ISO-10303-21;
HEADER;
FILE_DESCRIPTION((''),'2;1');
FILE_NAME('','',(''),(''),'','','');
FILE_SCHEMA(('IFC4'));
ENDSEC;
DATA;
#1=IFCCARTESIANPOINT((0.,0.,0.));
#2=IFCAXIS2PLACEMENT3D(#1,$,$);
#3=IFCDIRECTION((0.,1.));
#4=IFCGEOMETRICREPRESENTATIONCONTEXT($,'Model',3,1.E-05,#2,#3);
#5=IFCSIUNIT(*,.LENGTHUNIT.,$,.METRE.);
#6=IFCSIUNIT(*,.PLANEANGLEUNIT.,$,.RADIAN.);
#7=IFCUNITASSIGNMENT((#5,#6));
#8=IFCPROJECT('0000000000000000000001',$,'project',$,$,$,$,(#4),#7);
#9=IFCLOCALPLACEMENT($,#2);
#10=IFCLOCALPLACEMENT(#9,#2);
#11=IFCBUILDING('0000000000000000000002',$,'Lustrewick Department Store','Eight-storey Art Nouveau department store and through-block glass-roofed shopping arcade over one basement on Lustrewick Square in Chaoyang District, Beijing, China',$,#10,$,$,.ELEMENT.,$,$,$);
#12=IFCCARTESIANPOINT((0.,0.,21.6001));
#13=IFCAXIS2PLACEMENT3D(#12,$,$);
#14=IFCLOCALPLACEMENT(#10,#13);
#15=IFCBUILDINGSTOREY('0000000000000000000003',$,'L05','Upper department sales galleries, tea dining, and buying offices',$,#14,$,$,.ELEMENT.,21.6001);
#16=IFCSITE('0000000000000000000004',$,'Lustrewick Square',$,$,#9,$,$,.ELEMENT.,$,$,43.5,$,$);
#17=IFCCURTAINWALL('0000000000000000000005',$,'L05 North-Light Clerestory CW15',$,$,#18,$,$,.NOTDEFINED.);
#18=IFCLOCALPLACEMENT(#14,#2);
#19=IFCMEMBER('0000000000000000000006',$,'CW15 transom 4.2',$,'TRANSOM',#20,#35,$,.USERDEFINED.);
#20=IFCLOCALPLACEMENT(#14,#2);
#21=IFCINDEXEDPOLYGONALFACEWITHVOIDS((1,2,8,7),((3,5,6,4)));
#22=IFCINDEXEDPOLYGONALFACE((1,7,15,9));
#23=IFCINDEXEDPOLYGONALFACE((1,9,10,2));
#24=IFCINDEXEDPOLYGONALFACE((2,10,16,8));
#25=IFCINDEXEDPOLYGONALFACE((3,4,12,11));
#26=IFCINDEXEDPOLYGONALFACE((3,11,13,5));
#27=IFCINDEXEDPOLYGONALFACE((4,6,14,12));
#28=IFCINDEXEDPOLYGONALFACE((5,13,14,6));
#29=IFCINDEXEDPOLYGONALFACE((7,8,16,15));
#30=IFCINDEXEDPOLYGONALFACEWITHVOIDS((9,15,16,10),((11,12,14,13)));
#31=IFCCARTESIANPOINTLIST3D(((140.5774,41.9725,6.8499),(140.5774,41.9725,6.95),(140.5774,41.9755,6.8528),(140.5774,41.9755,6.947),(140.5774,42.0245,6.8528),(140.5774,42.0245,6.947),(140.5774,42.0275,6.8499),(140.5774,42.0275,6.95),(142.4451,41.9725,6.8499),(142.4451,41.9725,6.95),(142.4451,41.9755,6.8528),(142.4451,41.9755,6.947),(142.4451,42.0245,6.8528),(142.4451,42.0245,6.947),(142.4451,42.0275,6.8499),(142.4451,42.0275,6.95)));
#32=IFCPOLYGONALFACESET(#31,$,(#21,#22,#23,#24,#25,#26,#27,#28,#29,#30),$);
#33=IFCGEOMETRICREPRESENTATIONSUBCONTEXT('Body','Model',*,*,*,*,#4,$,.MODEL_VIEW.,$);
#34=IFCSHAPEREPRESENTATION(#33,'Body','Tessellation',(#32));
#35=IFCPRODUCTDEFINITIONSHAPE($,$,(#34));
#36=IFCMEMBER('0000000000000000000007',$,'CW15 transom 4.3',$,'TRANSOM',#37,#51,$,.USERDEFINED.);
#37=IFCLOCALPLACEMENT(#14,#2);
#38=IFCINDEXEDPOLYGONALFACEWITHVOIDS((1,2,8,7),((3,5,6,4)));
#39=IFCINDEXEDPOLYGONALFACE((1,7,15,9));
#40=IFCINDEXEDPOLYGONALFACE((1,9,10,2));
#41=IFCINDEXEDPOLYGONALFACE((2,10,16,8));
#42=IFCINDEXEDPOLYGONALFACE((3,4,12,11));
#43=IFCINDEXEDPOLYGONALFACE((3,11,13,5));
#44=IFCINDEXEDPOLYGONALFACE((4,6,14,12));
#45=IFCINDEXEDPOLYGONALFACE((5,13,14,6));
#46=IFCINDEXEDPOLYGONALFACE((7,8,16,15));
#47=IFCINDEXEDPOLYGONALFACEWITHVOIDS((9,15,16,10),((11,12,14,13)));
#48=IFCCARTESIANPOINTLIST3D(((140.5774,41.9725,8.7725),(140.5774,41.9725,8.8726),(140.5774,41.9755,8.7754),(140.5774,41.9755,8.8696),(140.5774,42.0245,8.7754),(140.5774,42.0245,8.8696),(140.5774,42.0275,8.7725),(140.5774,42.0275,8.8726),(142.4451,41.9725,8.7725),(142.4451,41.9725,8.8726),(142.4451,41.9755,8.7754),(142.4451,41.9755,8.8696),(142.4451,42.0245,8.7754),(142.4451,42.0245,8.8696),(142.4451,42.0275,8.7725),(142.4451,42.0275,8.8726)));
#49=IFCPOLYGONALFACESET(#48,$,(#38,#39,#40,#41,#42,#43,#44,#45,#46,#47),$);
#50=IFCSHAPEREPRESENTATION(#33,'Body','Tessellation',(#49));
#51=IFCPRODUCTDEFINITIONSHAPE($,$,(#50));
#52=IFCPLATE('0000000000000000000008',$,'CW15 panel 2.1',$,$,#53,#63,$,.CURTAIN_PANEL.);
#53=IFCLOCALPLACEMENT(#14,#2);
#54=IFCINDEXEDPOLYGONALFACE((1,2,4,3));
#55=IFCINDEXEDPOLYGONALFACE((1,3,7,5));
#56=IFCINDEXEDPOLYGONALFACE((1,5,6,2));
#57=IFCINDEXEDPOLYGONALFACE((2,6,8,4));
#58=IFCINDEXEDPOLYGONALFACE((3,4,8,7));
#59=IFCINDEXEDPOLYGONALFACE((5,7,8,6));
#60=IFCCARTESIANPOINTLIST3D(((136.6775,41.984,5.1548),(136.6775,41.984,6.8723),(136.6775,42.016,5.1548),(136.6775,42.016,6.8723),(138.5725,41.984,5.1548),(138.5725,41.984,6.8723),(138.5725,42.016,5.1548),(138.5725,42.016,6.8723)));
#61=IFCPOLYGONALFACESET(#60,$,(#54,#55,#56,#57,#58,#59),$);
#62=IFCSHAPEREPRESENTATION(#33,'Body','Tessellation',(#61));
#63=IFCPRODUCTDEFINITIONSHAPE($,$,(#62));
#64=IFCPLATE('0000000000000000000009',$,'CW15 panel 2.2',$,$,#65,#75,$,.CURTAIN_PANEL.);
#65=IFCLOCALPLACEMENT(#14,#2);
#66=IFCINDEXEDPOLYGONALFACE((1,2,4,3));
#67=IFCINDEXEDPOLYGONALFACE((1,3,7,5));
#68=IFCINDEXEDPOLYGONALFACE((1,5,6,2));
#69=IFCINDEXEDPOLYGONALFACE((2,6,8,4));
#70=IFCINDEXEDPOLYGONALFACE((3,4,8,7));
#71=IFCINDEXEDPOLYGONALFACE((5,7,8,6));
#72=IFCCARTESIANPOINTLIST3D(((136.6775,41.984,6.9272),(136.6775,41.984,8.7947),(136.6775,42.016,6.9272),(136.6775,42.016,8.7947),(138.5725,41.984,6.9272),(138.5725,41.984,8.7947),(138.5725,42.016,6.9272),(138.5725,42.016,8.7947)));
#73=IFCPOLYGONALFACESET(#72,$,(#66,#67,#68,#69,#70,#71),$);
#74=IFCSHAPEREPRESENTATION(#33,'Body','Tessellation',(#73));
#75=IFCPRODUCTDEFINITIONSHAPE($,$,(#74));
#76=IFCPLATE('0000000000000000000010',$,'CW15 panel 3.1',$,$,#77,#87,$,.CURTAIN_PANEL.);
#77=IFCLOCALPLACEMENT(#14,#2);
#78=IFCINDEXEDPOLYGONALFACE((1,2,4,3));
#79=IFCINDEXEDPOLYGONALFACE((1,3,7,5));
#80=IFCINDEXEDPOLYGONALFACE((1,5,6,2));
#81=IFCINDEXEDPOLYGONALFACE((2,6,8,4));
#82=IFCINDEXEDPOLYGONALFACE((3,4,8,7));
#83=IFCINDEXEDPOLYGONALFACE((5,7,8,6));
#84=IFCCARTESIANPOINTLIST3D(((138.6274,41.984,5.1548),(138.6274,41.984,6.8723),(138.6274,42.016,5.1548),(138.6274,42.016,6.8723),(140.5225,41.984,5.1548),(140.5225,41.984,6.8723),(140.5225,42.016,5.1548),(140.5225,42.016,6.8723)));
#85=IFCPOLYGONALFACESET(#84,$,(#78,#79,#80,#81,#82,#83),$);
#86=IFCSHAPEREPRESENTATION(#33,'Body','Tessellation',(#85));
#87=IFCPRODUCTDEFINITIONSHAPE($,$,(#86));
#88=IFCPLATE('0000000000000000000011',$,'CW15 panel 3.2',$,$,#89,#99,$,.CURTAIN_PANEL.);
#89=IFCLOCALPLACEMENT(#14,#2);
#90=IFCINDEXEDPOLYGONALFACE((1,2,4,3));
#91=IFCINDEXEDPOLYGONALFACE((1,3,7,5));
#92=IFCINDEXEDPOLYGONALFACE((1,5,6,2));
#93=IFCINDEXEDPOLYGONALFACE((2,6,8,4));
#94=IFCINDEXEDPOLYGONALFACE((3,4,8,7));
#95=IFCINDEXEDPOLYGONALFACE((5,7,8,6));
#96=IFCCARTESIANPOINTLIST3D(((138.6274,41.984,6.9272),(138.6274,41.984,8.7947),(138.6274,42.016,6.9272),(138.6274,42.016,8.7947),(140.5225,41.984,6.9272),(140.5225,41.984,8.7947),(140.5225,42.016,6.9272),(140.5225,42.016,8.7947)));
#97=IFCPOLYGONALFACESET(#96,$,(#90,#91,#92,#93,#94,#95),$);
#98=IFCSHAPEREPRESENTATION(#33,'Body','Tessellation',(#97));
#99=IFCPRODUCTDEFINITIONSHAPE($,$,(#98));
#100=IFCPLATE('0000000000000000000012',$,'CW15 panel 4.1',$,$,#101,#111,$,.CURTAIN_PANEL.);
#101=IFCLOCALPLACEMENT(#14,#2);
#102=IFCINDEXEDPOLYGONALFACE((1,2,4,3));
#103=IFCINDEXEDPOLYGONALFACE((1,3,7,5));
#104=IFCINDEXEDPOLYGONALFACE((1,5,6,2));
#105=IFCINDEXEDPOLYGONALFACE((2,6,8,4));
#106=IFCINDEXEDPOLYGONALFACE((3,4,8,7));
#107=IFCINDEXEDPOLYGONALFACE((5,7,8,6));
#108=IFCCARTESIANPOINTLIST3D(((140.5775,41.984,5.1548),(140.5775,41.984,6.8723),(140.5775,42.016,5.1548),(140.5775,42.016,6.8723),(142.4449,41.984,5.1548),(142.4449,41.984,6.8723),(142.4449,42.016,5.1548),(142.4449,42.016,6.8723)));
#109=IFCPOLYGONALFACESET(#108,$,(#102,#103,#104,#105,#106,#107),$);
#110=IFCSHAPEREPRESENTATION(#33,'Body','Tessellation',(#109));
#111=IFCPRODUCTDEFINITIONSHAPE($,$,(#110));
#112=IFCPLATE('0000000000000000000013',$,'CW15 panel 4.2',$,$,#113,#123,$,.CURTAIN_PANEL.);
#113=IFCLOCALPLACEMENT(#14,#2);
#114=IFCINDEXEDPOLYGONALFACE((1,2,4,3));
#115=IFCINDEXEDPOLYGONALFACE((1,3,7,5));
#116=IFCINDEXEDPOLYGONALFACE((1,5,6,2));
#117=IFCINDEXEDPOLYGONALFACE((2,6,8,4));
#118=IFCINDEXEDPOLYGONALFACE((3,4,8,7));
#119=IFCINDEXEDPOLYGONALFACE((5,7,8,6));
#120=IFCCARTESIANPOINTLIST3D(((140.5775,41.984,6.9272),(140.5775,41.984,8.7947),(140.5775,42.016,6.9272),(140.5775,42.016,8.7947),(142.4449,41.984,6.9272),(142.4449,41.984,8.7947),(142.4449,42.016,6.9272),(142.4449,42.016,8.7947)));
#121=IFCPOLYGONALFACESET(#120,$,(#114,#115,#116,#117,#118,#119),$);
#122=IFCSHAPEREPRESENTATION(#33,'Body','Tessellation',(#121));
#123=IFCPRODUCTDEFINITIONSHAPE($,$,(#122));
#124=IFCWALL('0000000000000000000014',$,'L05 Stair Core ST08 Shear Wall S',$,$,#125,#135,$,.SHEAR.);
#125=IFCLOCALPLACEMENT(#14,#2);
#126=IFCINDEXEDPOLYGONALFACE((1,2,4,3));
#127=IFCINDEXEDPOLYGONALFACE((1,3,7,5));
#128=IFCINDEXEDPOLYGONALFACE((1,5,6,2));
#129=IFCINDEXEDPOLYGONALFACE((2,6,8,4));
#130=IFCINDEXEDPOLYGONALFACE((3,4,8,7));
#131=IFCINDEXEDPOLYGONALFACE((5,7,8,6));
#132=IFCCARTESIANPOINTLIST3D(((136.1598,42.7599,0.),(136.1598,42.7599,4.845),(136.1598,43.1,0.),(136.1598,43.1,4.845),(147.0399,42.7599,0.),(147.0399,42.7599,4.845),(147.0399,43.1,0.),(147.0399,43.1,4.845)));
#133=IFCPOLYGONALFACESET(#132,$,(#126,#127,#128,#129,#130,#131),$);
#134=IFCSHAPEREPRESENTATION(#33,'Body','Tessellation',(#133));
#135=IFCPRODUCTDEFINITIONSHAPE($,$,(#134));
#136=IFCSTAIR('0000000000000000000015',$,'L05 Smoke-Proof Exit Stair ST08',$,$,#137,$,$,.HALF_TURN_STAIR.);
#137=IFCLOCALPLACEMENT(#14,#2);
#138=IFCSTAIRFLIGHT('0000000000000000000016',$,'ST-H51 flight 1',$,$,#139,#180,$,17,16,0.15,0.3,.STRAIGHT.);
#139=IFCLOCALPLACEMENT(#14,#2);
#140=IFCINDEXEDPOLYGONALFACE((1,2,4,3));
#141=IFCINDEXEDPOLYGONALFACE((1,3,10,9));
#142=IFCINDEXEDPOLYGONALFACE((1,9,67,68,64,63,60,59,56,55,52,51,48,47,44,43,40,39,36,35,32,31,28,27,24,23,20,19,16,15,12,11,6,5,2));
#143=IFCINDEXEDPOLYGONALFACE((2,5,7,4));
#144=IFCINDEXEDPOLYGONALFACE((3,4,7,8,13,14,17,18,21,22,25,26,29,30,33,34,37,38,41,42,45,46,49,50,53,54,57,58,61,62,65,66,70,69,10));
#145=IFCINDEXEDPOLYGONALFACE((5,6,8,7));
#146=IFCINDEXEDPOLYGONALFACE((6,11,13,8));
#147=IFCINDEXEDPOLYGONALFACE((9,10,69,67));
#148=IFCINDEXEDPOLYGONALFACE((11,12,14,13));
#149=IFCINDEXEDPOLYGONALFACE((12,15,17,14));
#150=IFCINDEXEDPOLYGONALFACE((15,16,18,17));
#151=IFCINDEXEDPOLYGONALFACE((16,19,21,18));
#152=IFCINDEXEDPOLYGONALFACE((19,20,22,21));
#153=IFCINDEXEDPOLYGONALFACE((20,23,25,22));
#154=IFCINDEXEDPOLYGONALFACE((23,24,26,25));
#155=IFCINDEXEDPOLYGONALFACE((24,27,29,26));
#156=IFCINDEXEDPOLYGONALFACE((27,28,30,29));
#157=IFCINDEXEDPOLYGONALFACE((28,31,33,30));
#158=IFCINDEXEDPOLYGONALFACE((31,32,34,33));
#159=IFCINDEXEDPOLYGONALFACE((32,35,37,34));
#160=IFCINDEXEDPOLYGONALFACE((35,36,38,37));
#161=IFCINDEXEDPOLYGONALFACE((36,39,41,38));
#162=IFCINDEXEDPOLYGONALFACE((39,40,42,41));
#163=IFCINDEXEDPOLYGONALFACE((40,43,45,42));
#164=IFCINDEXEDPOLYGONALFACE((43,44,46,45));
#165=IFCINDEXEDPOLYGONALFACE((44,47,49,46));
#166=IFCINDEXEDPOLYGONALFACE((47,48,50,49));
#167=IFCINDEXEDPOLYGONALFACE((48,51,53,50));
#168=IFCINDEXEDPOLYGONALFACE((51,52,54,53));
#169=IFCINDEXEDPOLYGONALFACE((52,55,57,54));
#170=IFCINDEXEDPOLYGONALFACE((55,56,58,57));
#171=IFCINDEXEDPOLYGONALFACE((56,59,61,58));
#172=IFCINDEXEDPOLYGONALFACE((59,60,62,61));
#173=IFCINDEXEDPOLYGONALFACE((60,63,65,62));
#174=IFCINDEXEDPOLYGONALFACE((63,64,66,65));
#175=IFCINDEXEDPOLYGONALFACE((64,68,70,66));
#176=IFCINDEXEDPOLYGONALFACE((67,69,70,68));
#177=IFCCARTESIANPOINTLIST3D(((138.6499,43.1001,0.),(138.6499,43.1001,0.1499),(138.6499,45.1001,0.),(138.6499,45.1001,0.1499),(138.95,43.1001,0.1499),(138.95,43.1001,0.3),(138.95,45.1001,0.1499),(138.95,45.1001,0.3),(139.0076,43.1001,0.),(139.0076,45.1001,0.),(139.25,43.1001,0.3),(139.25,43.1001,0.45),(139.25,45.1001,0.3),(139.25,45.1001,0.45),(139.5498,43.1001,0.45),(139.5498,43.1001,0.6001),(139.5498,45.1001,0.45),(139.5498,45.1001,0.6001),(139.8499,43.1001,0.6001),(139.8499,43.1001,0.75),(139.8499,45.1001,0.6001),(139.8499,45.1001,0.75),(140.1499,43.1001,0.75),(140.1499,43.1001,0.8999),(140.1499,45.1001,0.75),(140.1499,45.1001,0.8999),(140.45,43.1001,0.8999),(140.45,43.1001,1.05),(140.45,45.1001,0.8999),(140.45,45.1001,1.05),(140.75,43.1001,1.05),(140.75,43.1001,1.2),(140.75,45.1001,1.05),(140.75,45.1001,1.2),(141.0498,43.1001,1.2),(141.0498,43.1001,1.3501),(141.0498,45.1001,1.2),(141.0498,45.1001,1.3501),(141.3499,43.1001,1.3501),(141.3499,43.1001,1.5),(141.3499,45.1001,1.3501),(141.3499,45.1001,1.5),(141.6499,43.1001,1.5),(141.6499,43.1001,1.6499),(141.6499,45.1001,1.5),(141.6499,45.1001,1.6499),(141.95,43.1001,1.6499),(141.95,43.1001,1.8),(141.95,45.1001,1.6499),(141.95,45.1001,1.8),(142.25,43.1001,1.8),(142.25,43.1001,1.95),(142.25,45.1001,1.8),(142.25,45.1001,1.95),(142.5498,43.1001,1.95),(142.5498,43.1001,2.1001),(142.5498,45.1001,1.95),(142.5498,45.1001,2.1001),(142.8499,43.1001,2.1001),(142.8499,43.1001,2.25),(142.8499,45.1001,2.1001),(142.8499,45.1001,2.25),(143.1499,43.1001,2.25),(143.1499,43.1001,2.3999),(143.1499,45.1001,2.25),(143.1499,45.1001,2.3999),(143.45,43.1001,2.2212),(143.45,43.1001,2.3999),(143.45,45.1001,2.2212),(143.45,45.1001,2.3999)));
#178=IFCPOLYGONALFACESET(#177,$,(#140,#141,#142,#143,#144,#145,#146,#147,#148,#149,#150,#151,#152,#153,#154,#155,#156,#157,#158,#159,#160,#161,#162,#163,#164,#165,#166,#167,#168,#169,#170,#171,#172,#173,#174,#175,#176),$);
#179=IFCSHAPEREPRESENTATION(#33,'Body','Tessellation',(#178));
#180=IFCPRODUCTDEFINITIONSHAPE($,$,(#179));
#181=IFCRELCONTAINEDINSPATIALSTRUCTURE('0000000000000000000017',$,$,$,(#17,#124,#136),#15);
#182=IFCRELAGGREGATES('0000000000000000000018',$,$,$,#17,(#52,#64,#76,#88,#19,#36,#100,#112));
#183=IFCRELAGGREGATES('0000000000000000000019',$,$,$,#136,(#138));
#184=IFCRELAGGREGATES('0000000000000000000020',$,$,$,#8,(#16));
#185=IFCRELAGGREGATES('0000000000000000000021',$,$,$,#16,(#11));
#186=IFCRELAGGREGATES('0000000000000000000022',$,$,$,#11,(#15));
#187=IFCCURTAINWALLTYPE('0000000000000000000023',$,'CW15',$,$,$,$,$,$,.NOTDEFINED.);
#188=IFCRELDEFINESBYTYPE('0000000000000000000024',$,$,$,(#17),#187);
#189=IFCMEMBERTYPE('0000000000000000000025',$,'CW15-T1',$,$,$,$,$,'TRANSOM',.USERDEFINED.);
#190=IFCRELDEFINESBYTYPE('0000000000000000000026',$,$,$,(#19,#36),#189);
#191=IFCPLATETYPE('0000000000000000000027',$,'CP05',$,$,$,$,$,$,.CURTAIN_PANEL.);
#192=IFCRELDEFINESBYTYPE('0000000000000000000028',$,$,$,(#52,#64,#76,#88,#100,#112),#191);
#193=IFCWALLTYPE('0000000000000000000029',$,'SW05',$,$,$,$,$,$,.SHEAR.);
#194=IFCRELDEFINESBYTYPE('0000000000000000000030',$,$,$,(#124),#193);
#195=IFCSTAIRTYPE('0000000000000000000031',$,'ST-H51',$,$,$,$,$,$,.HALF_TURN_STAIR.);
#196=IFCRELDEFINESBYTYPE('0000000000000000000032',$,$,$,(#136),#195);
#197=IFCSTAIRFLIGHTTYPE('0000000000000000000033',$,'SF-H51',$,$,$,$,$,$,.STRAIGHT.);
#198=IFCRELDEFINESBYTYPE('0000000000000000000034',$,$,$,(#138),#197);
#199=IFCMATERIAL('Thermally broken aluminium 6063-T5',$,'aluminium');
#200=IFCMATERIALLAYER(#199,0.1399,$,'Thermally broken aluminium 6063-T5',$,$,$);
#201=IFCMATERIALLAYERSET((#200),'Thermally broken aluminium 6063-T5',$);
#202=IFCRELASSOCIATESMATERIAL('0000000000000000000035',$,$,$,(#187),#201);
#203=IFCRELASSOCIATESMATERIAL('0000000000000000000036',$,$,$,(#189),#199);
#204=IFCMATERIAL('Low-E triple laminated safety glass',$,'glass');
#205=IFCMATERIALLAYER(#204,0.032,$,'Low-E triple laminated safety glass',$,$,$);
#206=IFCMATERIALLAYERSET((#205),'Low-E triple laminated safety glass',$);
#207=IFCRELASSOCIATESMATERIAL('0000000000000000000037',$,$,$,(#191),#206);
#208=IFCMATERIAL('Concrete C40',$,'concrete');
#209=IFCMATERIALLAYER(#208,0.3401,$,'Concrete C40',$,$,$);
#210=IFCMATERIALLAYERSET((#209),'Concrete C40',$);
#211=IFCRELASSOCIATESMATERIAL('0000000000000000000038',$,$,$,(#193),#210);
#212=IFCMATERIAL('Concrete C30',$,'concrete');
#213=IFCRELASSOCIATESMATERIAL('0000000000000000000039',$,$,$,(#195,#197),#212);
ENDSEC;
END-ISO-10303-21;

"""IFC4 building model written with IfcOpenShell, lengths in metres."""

from ifc_helpers import new_model, si_unit, direction, frame, frame_2d, origin, origin_2d, place, context, subcontext, project, spatial, polyline, rectangle, hollow_rectangle, outline, extrude, material, layer, layer_set, material_profile, profile_set, type_object, element, aggregate, save


model = new_model("IFC4")

# Units and contexts
model_context = context("Model", 3, precision=1e-05, world=origin(), true_north=direction((0.0, 1.0)))
body_context = subcontext(model_context, "Body", "Model", "MODEL_VIEW")
ifc_project = project(units=[si_unit("LENGTHUNIT", "METRE"), si_unit("PLANEANGLEUNIT", "RADIAN")], contexts=[model_context])

# Site, building, storey
site_placement = place(None, origin())
site = spatial("IfcSite", under=ifc_project, at=site_placement, Name="Lustrewick Square", CompositionType="ELEMENT", RefElevation=43.5)
building_placement = place(site_placement, origin())
building = spatial("IfcBuilding", under=site, at=building_placement, Name="Lustrewick Department Store", Description="Eight-storey Art Nouveau department store and through-block glass-roofed shopping arcade over one basement on Lustrewick Square in Chaoyang District, Beijing, China", CompositionType="ELEMENT")
storey_placement = place(building_placement, frame((0.0, 0.0, 21.6001)))
storey = spatial("IfcBuildingStorey", under=building, at=storey_placement, Name="L05", Description="Upper department sales galleries, tea dining, and buying offices", CompositionType="ELEMENT", Elevation=21.6001)

# Curtain wall, members, plates
ifc_material_1 = material(Name="Thermally broken aluminium 6063-T5", Category="aluminium")
ifc_layer_1 = layer(ifc_material_1, 0.1399, Name="Thermally broken aluminium 6063-T5")
ifc_layer_set_1 = layer_set([ifc_layer_1], Name="Thermally broken aluminium 6063-T5")
curtain_wall_type = type_object("IfcCurtainWallType", Name="CW15", PredefinedType="NOTDEFINED", material=ifc_layer_set_1)
curtain_wall_placement = place(storey_placement, origin())
curtain_wall = element("IfcCurtainWall", 1, at=curtain_wall_placement, inside=storey, type_object=curtain_wall_type, Name="L05 North-Light Clerestory CW15", PredefinedType="NOTDEFINED")
ifc_material_profile_1 = material_profile(ifc_material_1, hollow_rectangle(XDim=0.0549, YDim=0.1001, WallThickness=0.0029, at=origin_2d()), Name="ALU-T 55x100x3")
ifc_profile_set_1 = profile_set([ifc_material_profile_1], Name="Thermally broken aluminium 6063-T5")
member_type_1 = type_object("IfcMemberType", Name="CW15-T1", ElementType="TRANSOM", PredefinedType="USERDEFINED", material=ifc_profile_set_1)
member_1_placement = place(storey_placement, frame((140.5774, 42.0, 6.8999), z_axis=(1.0, 0.0, 0.0), x_axis=(0.0, 1.0, 0.0)))
member_1 = element("IfcMember", 2, at=member_1_placement, type_object=member_type_1, Name="CW15 transom 4.2", ObjectType="TRANSOM", PredefinedType="USERDEFINED", context=body_context, shape_type="SweptSolid", body=[
    extrude(hollow_rectangle(XDim=0.0549, YDim=0.1001, WallThickness=0.0029, at=origin_2d()), origin(), (0.0, 0.0, 1.0), 1.8677),
])
member_2_placement = place(storey_placement, frame((140.5774, 42.0, 8.8225), z_axis=(1.0, 0.0, 0.0), x_axis=(0.0, 1.0, 0.0)))
member_2 = element("IfcMember", 3, at=member_2_placement, type_object=member_type_1, Name="CW15 transom 4.3", ObjectType="TRANSOM", PredefinedType="USERDEFINED", context=body_context, shape_type="SweptSolid", body=[
    extrude(hollow_rectangle(XDim=0.0549, YDim=0.1001, WallThickness=0.0029, at=origin_2d()), origin(), (0.0, 0.0, 1.0), 1.8677),
])
ifc_material_2 = material(Name="Low-E triple laminated safety glass", Category="glass")
ifc_layer_2 = layer(ifc_material_2, 0.032, Name="Low-E triple laminated safety glass")
ifc_layer_set_2 = layer_set([ifc_layer_2], Name="Low-E triple laminated safety glass")
plate_type = type_object("IfcPlateType", Name="CP05", PredefinedType="CURTAIN_PANEL", material=ifc_layer_set_2)
plate_1_placement = place(storey_placement, frame((137.625, 42.0, 5.1548), z_axis=(0.0, 0.0, 1.0), x_axis=(1.0, 0.0, 0.0)))
plate_1 = element("IfcPlate", 4, at=plate_1_placement, type_object=plate_type, Name="CW15 panel 2.1", PredefinedType="CURTAIN_PANEL", context=body_context, shape_type="SweptSolid", body=[
    extrude(rectangle(XDim=1.895, YDim=0.032, at=origin_2d()), origin(), (0.0, 0.0, 1.0), 1.7175),
])
plate_2_placement = place(storey_placement, frame((137.625, 42.0, 6.9272), z_axis=(0.0, 0.0, 1.0), x_axis=(1.0, 0.0, 0.0)))
plate_2 = element("IfcPlate", 5, at=plate_2_placement, type_object=plate_type, Name="CW15 panel 2.2", PredefinedType="CURTAIN_PANEL", context=body_context, shape_type="SweptSolid", body=[
    extrude(rectangle(XDim=1.895, YDim=0.032, at=origin_2d()), origin(), (0.0, 0.0, 1.0), 1.8674),
])
plate_3_placement = place(storey_placement, frame((139.575, 42.0, 5.1548), z_axis=(0.0, 0.0, 1.0), x_axis=(1.0, 0.0, 0.0)))
plate_3 = element("IfcPlate", 6, at=plate_3_placement, type_object=plate_type, Name="CW15 panel 3.1", PredefinedType="CURTAIN_PANEL", context=body_context, shape_type="SweptSolid", body=[
    extrude(rectangle(XDim=1.895, YDim=0.032, at=origin_2d()), origin(), (0.0, 0.0, 1.0), 1.7175),
])
plate_4_placement = place(storey_placement, frame((139.575, 42.0, 6.9272), z_axis=(0.0, 0.0, 1.0), x_axis=(1.0, 0.0, 0.0)))
plate_4 = element("IfcPlate", 7, at=plate_4_placement, type_object=plate_type, Name="CW15 panel 3.2", PredefinedType="CURTAIN_PANEL", context=body_context, shape_type="SweptSolid", body=[
    extrude(rectangle(XDim=1.895, YDim=0.032, at=origin_2d()), origin(), (0.0, 0.0, 1.0), 1.8674),
])
plate_5_placement = place(storey_placement, frame((141.5112, 42.0, 5.1548), z_axis=(0.0, 0.0, 1.0), x_axis=(1.0, 0.0, 0.0)))
plate_5 = element("IfcPlate", 8, at=plate_5_placement, type_object=plate_type, Name="CW15 panel 4.1", PredefinedType="CURTAIN_PANEL", context=body_context, shape_type="SweptSolid", body=[
    extrude(rectangle(XDim=1.8674, YDim=0.032, at=origin_2d()), origin(), (0.0, 0.0, 1.0), 1.7175),
])
plate_6_placement = place(storey_placement, frame((141.5112, 42.0, 6.9272), z_axis=(0.0, 0.0, 1.0), x_axis=(1.0, 0.0, 0.0)))
plate_6 = element("IfcPlate", 9, at=plate_6_placement, type_object=plate_type, Name="CW15 panel 4.2", PredefinedType="CURTAIN_PANEL", context=body_context, shape_type="SweptSolid", body=[
    extrude(rectangle(XDim=1.8674, YDim=0.032, at=origin_2d()), origin(), (0.0, 0.0, 1.0), 1.8674),
])
aggregate(curtain_wall, [plate_1, plate_2, plate_3, plate_4, member_1, member_2, plate_5, plate_6])

# Wall
ifc_material_3 = material(Name="Concrete C40", Category="concrete")
ifc_layer_3 = layer(ifc_material_3, 0.3401, Name="Concrete C40")
ifc_layer_set_3 = layer_set([ifc_layer_3], Name="Concrete C40")
wall_type = type_object("IfcWallType", Name="SW05", PredefinedType="SHEAR", material=ifc_layer_set_3)
wall_placement = place(storey_placement, frame((136.1599, 42.9299, 0.0), z_axis=(0.0, 0.0, 1.0), x_axis=(1.0, 0.0, 0.0)))
element("IfcWall", 10, at=wall_placement, inside=storey, type_object=wall_type, Name="L05 Stair Core ST08 Shear Wall S", PredefinedType="SHEAR", context=body_context, shape_type="SweptSolid", body=[
    extrude(rectangle(XDim=10.8801, YDim=0.3401, at=frame_2d((5.4399, 0.0))), origin(), (0.0, 0.0, 1.0), 4.845),
])

# Stair, stair flight
ifc_material_4 = material(Name="Concrete C30", Category="concrete")
stair_type = type_object("IfcStairType", Name="ST-H51", PredefinedType="HALF_TURN_STAIR", material=ifc_material_4)
stair_placement = place(storey_placement, origin())
stair = element("IfcStair", 11, at=stair_placement, inside=storey, type_object=stair_type, Name="L05 Smoke-Proof Exit Stair ST08", PredefinedType="HALF_TURN_STAIR")
stair_flight_type = type_object("IfcStairFlightType", Name="SF-H51", PredefinedType="STRAIGHT", material=ifc_material_4)
stair_flight_placement = place(storey_placement, frame((138.6499, 44.1001, 0.0), z_axis=(0.0, 0.0, 1.0), x_axis=(1.0, 0.0, 0.0)))
stair_flight = element("IfcStairFlight", 12, at=stair_flight_placement, type_object=stair_flight_type, Name="ST-H51 flight 1", NumberOfRisers=17, NumberOfTreads=16, PredefinedType="STRAIGHT", RiserHeight=0.15, TreadLength=0.3, context=body_context, shape_type="SweptSolid", body=[
    extrude(outline(polyline([(0.0, 0.0), (0.0, 0.1499), (0.3, 0.1499), (0.3, 0.3), (0.6001, 0.3), (0.6001, 0.45), (0.8999, 0.45), (0.8999, 0.6001), (1.2, 0.6001), (1.2, 0.75), (1.5, 0.75), (1.5, 0.8999), (1.8, 0.8999), (1.8, 1.05), (2.1001, 1.05), (2.1001, 1.2), (2.3999, 1.2), (2.3999, 1.3501), (2.7, 1.3501), (2.7, 1.5), (3.0, 1.5), (3.0, 1.6499), (3.3, 1.6499), (3.3, 1.8), (3.6001, 1.8), (3.6001, 1.95), (3.8999, 1.95), (3.8999, 2.1001), (4.2, 2.1001), (4.2, 2.25), (4.5, 2.25), (4.5, 2.3999), (4.8, 2.3999), (4.8, 2.55), (4.8, 2.2212), (0.3577, 0.0), (0.0, 0.0)])), frame((0.0, 1.0, 0.0), z_axis=(0.0, -1.0, 0.0), x_axis=(1.0, 0.0, 0.0)), (0.0, 0.0, 1.0), 2.0),
])
aggregate(stair, [stair_flight])

save(model, "model.ifc")
